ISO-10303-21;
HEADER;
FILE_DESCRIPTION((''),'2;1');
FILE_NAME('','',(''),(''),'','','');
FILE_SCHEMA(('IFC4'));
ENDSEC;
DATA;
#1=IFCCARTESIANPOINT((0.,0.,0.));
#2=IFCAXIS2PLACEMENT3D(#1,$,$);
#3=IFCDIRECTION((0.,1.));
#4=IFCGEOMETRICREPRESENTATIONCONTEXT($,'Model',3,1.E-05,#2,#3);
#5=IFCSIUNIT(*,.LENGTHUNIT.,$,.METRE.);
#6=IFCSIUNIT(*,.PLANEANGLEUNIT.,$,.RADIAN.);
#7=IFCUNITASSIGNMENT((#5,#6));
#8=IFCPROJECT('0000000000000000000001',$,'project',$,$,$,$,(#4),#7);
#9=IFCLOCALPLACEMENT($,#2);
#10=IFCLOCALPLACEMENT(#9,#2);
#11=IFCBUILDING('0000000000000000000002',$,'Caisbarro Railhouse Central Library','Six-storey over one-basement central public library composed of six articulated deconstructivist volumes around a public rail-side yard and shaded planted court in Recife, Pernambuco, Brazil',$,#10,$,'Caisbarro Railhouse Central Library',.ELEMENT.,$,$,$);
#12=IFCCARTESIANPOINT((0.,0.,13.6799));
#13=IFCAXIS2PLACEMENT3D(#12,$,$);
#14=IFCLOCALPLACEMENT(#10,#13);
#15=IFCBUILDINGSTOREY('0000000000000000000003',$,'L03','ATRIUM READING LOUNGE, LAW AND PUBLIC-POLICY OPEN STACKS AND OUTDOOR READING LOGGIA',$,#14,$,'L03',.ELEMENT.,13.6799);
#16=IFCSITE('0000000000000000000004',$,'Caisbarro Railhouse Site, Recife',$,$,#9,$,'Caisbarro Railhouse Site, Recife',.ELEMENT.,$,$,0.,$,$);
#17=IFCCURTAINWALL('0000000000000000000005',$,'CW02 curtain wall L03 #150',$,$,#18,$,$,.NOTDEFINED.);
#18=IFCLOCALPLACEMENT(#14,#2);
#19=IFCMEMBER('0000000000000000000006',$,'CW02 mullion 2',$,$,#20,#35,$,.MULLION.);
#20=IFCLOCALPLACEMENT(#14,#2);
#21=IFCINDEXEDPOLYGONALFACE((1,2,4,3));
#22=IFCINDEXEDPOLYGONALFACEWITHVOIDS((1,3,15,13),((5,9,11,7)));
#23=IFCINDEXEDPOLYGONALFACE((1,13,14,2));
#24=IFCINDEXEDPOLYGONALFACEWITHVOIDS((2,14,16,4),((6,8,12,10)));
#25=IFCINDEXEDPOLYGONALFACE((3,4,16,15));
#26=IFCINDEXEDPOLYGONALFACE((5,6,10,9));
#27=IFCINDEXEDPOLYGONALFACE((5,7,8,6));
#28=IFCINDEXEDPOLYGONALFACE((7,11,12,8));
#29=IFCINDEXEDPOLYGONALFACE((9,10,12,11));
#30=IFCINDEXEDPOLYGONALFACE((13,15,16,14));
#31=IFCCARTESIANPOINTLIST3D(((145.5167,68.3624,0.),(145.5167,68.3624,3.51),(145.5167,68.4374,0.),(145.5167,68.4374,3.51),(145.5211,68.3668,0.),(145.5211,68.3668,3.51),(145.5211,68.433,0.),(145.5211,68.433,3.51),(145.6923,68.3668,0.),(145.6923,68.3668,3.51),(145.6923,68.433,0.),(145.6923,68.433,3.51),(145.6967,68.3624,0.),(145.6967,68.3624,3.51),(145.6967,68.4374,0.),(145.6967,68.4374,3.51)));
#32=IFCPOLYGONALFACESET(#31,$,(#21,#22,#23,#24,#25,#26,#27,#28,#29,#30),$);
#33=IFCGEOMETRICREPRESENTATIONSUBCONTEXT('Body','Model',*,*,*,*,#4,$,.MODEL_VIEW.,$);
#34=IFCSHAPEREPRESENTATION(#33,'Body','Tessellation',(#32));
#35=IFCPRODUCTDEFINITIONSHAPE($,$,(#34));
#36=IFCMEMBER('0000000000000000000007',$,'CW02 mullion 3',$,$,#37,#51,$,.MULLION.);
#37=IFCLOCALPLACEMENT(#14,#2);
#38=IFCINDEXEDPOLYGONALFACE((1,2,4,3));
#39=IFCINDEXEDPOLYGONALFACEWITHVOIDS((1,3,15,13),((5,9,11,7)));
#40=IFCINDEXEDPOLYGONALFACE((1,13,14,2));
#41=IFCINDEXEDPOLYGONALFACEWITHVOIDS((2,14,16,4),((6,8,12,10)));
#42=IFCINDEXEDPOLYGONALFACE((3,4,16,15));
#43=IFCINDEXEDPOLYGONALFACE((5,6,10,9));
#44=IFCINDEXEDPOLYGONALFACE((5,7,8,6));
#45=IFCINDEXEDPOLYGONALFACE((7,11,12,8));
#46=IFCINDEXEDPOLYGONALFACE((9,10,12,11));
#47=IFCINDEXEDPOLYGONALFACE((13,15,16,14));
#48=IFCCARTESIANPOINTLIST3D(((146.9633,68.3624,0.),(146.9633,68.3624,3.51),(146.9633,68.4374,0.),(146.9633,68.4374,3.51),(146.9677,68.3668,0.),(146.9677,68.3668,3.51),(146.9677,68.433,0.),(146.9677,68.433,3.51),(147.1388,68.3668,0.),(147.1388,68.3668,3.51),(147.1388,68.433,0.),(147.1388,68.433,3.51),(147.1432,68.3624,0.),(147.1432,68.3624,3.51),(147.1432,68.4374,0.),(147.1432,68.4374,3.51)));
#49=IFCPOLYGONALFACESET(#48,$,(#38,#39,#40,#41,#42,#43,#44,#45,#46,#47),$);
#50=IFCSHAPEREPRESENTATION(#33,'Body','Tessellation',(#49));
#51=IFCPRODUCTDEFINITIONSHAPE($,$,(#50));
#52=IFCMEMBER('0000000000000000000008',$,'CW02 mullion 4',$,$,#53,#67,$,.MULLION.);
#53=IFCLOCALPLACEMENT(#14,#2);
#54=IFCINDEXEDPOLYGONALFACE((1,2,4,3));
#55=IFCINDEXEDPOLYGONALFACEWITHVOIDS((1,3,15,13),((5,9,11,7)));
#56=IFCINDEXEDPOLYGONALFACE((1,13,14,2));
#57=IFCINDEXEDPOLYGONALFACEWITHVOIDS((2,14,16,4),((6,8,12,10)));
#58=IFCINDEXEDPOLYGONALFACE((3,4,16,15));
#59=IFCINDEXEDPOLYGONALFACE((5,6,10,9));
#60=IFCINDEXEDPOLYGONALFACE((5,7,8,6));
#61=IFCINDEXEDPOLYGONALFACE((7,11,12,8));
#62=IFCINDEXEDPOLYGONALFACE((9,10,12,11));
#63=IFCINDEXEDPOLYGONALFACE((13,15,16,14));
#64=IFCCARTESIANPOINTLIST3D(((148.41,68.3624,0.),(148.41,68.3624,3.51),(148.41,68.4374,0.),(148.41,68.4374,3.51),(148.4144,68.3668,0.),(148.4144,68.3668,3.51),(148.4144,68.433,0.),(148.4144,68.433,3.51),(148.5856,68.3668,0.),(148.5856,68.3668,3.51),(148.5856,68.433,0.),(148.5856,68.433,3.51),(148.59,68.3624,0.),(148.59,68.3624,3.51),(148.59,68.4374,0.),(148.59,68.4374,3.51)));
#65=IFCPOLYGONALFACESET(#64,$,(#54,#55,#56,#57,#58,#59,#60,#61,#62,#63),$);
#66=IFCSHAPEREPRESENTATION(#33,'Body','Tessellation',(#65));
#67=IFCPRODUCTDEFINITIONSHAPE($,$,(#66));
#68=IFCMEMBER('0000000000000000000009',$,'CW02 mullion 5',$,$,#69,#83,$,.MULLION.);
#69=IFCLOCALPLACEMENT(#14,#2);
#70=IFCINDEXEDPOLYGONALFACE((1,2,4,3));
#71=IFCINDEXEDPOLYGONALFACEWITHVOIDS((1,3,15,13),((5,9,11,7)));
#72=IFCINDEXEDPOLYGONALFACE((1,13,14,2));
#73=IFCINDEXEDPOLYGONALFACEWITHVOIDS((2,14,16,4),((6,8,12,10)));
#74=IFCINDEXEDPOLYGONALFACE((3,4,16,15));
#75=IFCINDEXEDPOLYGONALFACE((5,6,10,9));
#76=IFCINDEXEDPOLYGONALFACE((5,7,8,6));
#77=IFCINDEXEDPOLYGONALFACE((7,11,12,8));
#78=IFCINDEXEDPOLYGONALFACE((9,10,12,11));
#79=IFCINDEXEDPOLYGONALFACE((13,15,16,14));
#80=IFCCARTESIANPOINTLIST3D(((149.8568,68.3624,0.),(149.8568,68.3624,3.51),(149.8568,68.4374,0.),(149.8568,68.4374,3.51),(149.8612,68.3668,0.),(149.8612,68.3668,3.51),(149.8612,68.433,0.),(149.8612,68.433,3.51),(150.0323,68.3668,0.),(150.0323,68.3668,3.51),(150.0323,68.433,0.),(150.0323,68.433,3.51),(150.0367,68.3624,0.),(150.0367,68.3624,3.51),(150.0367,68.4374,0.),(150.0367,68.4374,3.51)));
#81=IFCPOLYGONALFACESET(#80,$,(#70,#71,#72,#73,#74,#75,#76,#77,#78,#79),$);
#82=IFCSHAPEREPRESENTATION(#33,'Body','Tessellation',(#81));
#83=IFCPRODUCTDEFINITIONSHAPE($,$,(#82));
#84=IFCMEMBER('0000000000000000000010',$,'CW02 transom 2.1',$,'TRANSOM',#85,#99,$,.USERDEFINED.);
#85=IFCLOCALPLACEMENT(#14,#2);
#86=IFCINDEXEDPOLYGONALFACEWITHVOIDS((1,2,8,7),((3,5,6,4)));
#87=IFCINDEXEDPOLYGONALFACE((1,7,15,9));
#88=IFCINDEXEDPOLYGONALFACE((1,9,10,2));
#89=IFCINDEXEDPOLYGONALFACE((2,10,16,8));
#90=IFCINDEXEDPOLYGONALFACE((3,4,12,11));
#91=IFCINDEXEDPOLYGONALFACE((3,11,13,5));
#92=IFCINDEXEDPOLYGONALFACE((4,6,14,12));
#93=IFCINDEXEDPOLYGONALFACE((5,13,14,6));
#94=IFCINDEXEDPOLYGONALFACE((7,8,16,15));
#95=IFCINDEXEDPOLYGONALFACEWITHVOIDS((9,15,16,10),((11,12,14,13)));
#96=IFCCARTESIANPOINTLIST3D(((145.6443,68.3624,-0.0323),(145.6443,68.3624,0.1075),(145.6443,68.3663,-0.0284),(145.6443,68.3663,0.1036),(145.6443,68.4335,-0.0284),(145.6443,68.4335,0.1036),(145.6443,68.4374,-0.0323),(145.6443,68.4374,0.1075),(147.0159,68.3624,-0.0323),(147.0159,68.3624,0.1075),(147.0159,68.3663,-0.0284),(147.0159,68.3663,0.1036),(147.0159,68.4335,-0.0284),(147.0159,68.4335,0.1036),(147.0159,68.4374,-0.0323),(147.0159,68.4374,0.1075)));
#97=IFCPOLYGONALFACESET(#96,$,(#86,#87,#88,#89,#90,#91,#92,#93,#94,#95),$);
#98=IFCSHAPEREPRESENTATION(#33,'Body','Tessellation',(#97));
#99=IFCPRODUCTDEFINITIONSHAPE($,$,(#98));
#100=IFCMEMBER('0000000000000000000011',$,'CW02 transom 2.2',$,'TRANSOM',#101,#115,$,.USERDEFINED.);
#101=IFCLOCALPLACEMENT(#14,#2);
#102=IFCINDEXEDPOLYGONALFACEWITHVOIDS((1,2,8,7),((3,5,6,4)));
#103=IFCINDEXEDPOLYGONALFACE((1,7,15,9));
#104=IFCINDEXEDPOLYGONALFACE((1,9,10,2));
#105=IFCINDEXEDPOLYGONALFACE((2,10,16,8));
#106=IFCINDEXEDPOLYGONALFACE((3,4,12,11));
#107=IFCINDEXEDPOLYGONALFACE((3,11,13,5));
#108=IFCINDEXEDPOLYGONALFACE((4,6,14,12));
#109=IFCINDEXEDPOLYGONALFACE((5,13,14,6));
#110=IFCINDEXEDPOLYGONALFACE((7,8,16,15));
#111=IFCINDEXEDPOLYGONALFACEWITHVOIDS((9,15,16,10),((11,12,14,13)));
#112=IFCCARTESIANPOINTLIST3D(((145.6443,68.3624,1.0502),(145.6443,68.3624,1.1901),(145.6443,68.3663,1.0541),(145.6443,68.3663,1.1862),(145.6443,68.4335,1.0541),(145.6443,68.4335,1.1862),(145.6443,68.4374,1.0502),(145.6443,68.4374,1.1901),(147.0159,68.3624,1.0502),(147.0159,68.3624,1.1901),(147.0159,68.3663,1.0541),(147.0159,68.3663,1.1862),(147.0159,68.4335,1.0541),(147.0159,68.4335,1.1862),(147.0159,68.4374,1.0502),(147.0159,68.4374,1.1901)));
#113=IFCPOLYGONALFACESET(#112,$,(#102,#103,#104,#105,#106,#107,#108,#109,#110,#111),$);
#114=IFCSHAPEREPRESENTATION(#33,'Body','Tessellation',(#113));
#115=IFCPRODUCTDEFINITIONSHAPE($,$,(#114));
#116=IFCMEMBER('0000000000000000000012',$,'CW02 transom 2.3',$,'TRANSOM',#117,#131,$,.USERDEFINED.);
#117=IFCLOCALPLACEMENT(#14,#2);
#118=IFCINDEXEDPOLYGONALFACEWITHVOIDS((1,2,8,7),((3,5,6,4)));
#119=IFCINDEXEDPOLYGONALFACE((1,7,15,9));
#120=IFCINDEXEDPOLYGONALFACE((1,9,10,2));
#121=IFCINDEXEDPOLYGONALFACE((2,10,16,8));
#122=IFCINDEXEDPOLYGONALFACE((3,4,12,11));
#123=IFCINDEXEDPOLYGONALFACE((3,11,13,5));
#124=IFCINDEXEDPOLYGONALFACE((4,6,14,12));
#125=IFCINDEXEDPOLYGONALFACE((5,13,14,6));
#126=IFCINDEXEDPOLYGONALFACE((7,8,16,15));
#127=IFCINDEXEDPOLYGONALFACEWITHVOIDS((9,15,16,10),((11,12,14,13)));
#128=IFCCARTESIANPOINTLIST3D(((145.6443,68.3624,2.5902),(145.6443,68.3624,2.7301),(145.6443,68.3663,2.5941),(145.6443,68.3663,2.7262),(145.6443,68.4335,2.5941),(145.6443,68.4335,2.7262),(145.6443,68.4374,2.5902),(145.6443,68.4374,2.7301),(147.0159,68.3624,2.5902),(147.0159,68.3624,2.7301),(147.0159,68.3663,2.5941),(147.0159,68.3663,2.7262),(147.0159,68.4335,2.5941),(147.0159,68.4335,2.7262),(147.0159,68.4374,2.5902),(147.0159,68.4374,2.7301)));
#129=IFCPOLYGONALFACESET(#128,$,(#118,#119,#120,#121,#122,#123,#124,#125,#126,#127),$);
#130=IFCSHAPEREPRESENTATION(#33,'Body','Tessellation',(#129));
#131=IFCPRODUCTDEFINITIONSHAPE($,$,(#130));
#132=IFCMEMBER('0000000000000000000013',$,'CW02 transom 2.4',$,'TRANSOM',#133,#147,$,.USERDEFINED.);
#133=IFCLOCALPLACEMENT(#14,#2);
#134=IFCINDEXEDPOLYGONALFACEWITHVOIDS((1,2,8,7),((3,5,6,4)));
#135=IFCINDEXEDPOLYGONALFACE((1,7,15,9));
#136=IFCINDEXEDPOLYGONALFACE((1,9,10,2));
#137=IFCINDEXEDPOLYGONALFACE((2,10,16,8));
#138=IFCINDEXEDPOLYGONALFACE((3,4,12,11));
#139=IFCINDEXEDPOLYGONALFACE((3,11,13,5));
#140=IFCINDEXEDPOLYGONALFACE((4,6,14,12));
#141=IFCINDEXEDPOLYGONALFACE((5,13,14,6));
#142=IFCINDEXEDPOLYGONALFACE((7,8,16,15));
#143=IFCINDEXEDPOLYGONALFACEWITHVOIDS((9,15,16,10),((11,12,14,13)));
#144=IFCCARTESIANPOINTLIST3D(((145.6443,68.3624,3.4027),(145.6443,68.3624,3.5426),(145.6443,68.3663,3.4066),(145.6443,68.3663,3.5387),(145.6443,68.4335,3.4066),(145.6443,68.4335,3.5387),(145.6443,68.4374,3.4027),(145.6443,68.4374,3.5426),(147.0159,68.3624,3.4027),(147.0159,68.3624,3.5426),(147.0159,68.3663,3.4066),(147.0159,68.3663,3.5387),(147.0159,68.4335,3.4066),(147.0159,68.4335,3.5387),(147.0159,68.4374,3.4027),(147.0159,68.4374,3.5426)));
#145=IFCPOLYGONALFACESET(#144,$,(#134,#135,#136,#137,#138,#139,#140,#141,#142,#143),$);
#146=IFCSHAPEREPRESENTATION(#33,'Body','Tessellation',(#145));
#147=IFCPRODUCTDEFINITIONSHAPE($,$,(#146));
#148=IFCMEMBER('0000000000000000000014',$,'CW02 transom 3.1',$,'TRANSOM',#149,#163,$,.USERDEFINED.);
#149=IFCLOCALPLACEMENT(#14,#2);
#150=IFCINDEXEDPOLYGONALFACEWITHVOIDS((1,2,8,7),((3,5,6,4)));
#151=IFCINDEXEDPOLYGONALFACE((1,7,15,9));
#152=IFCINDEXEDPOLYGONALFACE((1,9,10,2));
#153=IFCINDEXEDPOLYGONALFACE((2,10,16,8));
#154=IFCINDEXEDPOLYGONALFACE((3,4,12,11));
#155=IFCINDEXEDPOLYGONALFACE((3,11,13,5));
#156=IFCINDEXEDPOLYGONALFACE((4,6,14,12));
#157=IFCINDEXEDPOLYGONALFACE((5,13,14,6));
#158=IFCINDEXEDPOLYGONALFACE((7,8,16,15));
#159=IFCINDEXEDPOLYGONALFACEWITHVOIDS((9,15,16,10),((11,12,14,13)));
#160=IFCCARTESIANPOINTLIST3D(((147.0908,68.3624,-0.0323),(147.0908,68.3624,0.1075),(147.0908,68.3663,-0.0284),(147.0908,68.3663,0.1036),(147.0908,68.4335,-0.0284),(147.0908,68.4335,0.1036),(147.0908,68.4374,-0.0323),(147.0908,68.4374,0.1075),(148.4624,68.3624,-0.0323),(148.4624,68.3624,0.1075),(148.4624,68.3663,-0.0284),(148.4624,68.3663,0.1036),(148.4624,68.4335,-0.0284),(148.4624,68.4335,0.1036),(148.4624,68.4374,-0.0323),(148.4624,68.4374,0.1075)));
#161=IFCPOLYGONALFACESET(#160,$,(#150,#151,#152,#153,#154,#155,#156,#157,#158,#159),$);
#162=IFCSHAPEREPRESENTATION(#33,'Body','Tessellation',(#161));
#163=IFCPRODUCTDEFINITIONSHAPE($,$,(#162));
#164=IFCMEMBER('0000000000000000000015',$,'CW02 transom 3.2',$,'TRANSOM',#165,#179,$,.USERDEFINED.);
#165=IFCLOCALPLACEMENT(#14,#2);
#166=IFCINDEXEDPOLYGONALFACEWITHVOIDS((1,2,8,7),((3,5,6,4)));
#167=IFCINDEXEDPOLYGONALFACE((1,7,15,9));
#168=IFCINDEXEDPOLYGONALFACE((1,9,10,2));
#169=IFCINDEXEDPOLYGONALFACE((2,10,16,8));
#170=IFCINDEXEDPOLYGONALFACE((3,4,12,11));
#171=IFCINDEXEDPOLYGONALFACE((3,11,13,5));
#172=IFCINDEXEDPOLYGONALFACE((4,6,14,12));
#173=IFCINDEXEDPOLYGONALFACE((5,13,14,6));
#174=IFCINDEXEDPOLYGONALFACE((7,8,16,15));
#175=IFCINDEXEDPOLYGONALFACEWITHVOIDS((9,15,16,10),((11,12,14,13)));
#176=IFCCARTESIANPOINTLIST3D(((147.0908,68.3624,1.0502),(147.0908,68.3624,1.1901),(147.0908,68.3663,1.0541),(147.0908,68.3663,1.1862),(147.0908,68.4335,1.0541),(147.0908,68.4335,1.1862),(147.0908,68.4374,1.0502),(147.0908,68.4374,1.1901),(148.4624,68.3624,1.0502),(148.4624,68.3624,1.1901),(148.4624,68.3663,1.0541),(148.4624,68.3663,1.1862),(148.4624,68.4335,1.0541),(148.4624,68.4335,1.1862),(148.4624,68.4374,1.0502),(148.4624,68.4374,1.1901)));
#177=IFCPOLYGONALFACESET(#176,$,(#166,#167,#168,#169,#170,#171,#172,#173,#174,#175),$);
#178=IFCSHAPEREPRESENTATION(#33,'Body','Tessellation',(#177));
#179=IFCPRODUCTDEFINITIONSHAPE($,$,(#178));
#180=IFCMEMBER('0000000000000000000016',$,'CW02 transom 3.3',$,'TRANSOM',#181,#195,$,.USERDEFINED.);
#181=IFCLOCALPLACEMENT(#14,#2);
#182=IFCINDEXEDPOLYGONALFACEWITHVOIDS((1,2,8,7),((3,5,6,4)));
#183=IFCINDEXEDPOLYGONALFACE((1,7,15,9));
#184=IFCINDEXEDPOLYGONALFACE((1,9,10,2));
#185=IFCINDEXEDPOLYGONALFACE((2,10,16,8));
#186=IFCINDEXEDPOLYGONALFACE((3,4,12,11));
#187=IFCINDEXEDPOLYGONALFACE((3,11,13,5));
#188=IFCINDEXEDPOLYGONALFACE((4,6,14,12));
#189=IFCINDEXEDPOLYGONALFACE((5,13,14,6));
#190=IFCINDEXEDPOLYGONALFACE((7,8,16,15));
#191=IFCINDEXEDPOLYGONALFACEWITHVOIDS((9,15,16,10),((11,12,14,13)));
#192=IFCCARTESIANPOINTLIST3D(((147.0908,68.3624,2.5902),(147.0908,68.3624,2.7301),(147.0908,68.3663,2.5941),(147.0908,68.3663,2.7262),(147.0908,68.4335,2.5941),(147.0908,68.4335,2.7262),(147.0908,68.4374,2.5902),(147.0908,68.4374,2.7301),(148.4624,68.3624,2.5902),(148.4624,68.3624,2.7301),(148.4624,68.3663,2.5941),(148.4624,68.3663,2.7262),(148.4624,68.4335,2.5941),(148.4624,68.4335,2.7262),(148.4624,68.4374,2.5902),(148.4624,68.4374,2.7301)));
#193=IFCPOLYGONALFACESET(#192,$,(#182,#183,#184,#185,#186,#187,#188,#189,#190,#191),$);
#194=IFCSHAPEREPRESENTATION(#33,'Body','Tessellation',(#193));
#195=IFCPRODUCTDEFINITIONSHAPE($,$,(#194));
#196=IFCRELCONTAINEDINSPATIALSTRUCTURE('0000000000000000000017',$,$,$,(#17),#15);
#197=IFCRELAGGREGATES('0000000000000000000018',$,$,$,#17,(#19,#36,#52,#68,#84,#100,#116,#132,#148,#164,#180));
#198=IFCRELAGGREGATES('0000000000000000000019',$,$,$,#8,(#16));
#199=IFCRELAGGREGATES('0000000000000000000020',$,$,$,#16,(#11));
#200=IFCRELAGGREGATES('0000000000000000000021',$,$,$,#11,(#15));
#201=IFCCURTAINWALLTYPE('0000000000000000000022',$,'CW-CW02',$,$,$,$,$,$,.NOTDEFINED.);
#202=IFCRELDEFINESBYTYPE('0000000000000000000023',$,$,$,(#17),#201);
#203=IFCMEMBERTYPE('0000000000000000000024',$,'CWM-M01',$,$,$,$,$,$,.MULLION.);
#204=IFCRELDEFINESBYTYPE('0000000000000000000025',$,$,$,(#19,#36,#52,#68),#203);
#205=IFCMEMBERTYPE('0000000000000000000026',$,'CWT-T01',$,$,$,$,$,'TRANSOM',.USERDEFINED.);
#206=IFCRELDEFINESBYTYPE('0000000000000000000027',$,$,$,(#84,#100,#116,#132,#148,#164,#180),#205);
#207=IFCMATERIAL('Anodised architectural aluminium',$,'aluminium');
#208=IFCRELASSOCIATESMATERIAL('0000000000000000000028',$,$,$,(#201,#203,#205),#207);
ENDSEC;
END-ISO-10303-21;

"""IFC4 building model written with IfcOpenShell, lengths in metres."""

from ifc_helpers import new_model, si_unit, direction, frame, origin, origin_2d, place, context, subcontext, project, spatial, hollow_rectangle, extrude, material, material_profile, profile_set, type_object, element, aggregate, save


model = new_model("IFC4")

# Units and contexts
model_context = context("Model", 3, precision=1e-05, world=origin(), true_north=direction((0.0, 1.0)))
body_context = subcontext(model_context, "Body", "Model", "MODEL_VIEW")
ifc_project = project(units=[si_unit("LENGTHUNIT", "METRE"), si_unit("PLANEANGLEUNIT", "RADIAN")], contexts=[model_context])

# Site, building, storey
site_placement = place(None, origin())
site = spatial("IfcSite", under=ifc_project, at=site_placement, Name="Caisbarro Railhouse Site, Recife", LongName="Caisbarro Railhouse Site, Recife", CompositionType="ELEMENT", RefElevation=0.0)
building_placement = place(site_placement, origin())
building = spatial("IfcBuilding", under=site, at=building_placement, Name="Caisbarro Railhouse Central Library", Description="Six-storey over one-basement central public library composed of six articulated deconstructivist volumes around a public rail-side yard and shaded planted court in Recife, Pernambuco, Brazil", LongName="Caisbarro Railhouse Central Library", CompositionType="ELEMENT")
storey_placement = place(building_placement, frame((0.0, 0.0, 13.6799)))
storey = spatial("IfcBuildingStorey", under=building, at=storey_placement, Name="L03", Description="ATRIUM READING LOUNGE, LAW AND PUBLIC-POLICY OPEN STACKS AND OUTDOOR READING LOGGIA", LongName="L03", CompositionType="ELEMENT", Elevation=13.6799)

# Curtain wall, members
ifc_material_1 = material(Name="Anodised architectural aluminium", Category="aluminium")
curtain_wall_type = type_object("IfcCurtainWallType", Name="CW-CW02", PredefinedType="NOTDEFINED", material=ifc_material_1)
curtain_wall_placement = place(storey_placement, origin())
curtain_wall = element("IfcCurtainWall", 1, at=curtain_wall_placement, inside=storey, type_object=curtain_wall_type, Name="CW02 curtain wall L03 #150", PredefinedType="NOTDEFINED")
ifc_material_profile_1 = material_profile(ifc_material_1, hollow_rectangle(XDim=0.075, YDim=0.1799, WallThickness=0.0044, at=origin_2d()), Name="ALU-MUL-75X180")
ifc_profile_set_1 = profile_set([ifc_material_profile_1], Name="Anodised architectural aluminium")
member_type_1 = type_object("IfcMemberType", Name="CWM-M01", PredefinedType="MULLION", material=ifc_profile_set_1)
member_1_placement = place(storey_placement, frame((145.6067, 68.3999, 0.0), z_axis=(0.0, 0.0, 1.0), x_axis=(0.0, 1.0, 0.0)))
member_1 = element("IfcMember", 2, at=member_1_placement, type_object=member_type_1, Name="CW02 mullion 2", PredefinedType="MULLION", context=body_context, shape_type="SweptSolid", body=[
    extrude(hollow_rectangle(XDim=0.075, YDim=0.1799, WallThickness=0.0044, at=origin_2d()), origin(), (0.0, 0.0, 1.0), 3.51),
])
member_2_placement = place(storey_placement, frame((147.0532, 68.3999, 0.0), z_axis=(0.0, 0.0, 1.0), x_axis=(0.0, 1.0, 0.0)))
member_2 = element("IfcMember", 3, at=member_2_placement, type_object=member_type_1, Name="CW02 mullion 3", PredefinedType="MULLION", context=body_context, shape_type="SweptSolid", body=[
    extrude(hollow_rectangle(XDim=0.075, YDim=0.1799, WallThickness=0.0044, at=origin_2d()), origin(), (0.0, 0.0, 1.0), 3.51),
])
member_3_placement = place(storey_placement, frame((148.5, 68.3999, 0.0), z_axis=(0.0, 0.0, 1.0), x_axis=(0.0, 1.0, 0.0)))
member_3 = element("IfcMember", 4, at=member_3_placement, type_object=member_type_1, Name="CW02 mullion 4", PredefinedType="MULLION", context=body_context, shape_type="SweptSolid", body=[
    extrude(hollow_rectangle(XDim=0.075, YDim=0.1799, WallThickness=0.0044, at=origin_2d()), origin(), (0.0, 0.0, 1.0), 3.51),
])
member_4_placement = place(storey_placement, frame((149.9468, 68.3999, 0.0), z_axis=(0.0, 0.0, 1.0), x_axis=(0.0, 1.0, 0.0)))
member_4 = element("IfcMember", 5, at=member_4_placement, type_object=member_type_1, Name="CW02 mullion 5", PredefinedType="MULLION", context=body_context, shape_type="SweptSolid", body=[
    extrude(hollow_rectangle(XDim=0.075, YDim=0.1799, WallThickness=0.0044, at=origin_2d()), origin(), (0.0, 0.0, 1.0), 3.51),
])
ifc_material_profile_2 = material_profile(ifc_material_1, hollow_rectangle(XDim=0.075, YDim=0.1399, WallThickness=0.0039, at=origin_2d()), Name="ALU-TRN-75X140")
ifc_profile_set_2 = profile_set([ifc_material_profile_2], Name="Anodised architectural aluminium")
member_type_2 = type_object("IfcMemberType", Name="CWT-T01", ElementType="TRANSOM", PredefinedType="USERDEFINED", material=ifc_profile_set_2)
member_5_placement = place(storey_placement, frame((145.6443, 68.3999, 0.0376), z_axis=(1.0, 0.0, 0.0), x_axis=(0.0, 1.0, 0.0)))
member_5 = element("IfcMember", 6, at=member_5_placement, type_object=member_type_2, Name="CW02 transom 2.1", ObjectType="TRANSOM", PredefinedType="USERDEFINED", context=body_context, shape_type="SweptSolid", body=[
    extrude(hollow_rectangle(XDim=0.075, YDim=0.1399, WallThickness=0.0039, at=origin_2d()), origin(), (0.0, 0.0, 1.0), 1.3716),
])
member_6_placement = place(storey_placement, frame((145.6443, 68.3999, 1.1201), z_axis=(1.0, 0.0, 0.0), x_axis=(0.0, 1.0, 0.0)))
member_6 = element("IfcMember", 7, at=member_6_placement, type_object=member_type_2, Name="CW02 transom 2.2", ObjectType="TRANSOM", PredefinedType="USERDEFINED", context=body_context, shape_type="SweptSolid", body=[
    extrude(hollow_rectangle(XDim=0.075, YDim=0.1399, WallThickness=0.0039, at=origin_2d()), origin(), (0.0, 0.0, 1.0), 1.3716),
])
member_7_placement = place(storey_placement, frame((145.6443, 68.3999, 2.6602), z_axis=(1.0, 0.0, 0.0), x_axis=(0.0, 1.0, 0.0)))
member_7 = element("IfcMember", 8, at=member_7_placement, type_object=member_type_2, Name="CW02 transom 2.3", ObjectType="TRANSOM", PredefinedType="USERDEFINED", context=body_context, shape_type="SweptSolid", body=[
    extrude(hollow_rectangle(XDim=0.075, YDim=0.1399, WallThickness=0.0039, at=origin_2d()), origin(), (0.0, 0.0, 1.0), 1.3716),
])
member_8_placement = place(storey_placement, frame((145.6443, 68.3999, 3.4727), z_axis=(1.0, 0.0, 0.0), x_axis=(0.0, 1.0, 0.0)))
member_8 = element("IfcMember", 9, at=member_8_placement, type_object=member_type_2, Name="CW02 transom 2.4", ObjectType="TRANSOM", PredefinedType="USERDEFINED", context=body_context, shape_type="SweptSolid", body=[
    extrude(hollow_rectangle(XDim=0.075, YDim=0.1399, WallThickness=0.0039, at=origin_2d()), origin(), (0.0, 0.0, 1.0), 1.3716),
])
member_9_placement = place(storey_placement, frame((147.0908, 68.3999, 0.0376), z_axis=(1.0, 0.0, 0.0), x_axis=(0.0, 1.0, 0.0)))
member_9 = element("IfcMember", 10, at=member_9_placement, type_object=member_type_2, Name="CW02 transom 3.1", ObjectType="TRANSOM", PredefinedType="USERDEFINED", context=body_context, shape_type="SweptSolid", body=[
    extrude(hollow_rectangle(XDim=0.075, YDim=0.1399, WallThickness=0.0039, at=origin_2d()), origin(), (0.0, 0.0, 1.0), 1.3716),
])
member_10_placement = place(storey_placement, frame((147.0908, 68.3999, 1.1201), z_axis=(1.0, 0.0, 0.0), x_axis=(0.0, 1.0, 0.0)))
member_10 = element("IfcMember", 11, at=member_10_placement, type_object=member_type_2, Name="CW02 transom 3.2", ObjectType="TRANSOM", PredefinedType="USERDEFINED", context=body_context, shape_type="SweptSolid", body=[
    extrude(hollow_rectangle(XDim=0.075, YDim=0.1399, WallThickness=0.0039, at=origin_2d()), origin(), (0.0, 0.0, 1.0), 1.3716),
])
member_11_placement = place(storey_placement, frame((147.0908, 68.3999, 2.6602), z_axis=(1.0, 0.0, 0.0), x_axis=(0.0, 1.0, 0.0)))
member_11 = element("IfcMember", 12, at=member_11_placement, type_object=member_type_2, Name="CW02 transom 3.3", ObjectType="TRANSOM", PredefinedType="USERDEFINED", context=body_context, shape_type="SweptSolid", body=[
    extrude(hollow_rectangle(XDim=0.075, YDim=0.1399, WallThickness=0.0039, at=origin_2d()), origin(), (0.0, 0.0, 1.0), 1.3716),
])
aggregate(curtain_wall, [member_1, member_2, member_3, member_4, member_5, member_6, member_7, member_8, member_9, member_10, member_11])

save(model, "model.ifc")
